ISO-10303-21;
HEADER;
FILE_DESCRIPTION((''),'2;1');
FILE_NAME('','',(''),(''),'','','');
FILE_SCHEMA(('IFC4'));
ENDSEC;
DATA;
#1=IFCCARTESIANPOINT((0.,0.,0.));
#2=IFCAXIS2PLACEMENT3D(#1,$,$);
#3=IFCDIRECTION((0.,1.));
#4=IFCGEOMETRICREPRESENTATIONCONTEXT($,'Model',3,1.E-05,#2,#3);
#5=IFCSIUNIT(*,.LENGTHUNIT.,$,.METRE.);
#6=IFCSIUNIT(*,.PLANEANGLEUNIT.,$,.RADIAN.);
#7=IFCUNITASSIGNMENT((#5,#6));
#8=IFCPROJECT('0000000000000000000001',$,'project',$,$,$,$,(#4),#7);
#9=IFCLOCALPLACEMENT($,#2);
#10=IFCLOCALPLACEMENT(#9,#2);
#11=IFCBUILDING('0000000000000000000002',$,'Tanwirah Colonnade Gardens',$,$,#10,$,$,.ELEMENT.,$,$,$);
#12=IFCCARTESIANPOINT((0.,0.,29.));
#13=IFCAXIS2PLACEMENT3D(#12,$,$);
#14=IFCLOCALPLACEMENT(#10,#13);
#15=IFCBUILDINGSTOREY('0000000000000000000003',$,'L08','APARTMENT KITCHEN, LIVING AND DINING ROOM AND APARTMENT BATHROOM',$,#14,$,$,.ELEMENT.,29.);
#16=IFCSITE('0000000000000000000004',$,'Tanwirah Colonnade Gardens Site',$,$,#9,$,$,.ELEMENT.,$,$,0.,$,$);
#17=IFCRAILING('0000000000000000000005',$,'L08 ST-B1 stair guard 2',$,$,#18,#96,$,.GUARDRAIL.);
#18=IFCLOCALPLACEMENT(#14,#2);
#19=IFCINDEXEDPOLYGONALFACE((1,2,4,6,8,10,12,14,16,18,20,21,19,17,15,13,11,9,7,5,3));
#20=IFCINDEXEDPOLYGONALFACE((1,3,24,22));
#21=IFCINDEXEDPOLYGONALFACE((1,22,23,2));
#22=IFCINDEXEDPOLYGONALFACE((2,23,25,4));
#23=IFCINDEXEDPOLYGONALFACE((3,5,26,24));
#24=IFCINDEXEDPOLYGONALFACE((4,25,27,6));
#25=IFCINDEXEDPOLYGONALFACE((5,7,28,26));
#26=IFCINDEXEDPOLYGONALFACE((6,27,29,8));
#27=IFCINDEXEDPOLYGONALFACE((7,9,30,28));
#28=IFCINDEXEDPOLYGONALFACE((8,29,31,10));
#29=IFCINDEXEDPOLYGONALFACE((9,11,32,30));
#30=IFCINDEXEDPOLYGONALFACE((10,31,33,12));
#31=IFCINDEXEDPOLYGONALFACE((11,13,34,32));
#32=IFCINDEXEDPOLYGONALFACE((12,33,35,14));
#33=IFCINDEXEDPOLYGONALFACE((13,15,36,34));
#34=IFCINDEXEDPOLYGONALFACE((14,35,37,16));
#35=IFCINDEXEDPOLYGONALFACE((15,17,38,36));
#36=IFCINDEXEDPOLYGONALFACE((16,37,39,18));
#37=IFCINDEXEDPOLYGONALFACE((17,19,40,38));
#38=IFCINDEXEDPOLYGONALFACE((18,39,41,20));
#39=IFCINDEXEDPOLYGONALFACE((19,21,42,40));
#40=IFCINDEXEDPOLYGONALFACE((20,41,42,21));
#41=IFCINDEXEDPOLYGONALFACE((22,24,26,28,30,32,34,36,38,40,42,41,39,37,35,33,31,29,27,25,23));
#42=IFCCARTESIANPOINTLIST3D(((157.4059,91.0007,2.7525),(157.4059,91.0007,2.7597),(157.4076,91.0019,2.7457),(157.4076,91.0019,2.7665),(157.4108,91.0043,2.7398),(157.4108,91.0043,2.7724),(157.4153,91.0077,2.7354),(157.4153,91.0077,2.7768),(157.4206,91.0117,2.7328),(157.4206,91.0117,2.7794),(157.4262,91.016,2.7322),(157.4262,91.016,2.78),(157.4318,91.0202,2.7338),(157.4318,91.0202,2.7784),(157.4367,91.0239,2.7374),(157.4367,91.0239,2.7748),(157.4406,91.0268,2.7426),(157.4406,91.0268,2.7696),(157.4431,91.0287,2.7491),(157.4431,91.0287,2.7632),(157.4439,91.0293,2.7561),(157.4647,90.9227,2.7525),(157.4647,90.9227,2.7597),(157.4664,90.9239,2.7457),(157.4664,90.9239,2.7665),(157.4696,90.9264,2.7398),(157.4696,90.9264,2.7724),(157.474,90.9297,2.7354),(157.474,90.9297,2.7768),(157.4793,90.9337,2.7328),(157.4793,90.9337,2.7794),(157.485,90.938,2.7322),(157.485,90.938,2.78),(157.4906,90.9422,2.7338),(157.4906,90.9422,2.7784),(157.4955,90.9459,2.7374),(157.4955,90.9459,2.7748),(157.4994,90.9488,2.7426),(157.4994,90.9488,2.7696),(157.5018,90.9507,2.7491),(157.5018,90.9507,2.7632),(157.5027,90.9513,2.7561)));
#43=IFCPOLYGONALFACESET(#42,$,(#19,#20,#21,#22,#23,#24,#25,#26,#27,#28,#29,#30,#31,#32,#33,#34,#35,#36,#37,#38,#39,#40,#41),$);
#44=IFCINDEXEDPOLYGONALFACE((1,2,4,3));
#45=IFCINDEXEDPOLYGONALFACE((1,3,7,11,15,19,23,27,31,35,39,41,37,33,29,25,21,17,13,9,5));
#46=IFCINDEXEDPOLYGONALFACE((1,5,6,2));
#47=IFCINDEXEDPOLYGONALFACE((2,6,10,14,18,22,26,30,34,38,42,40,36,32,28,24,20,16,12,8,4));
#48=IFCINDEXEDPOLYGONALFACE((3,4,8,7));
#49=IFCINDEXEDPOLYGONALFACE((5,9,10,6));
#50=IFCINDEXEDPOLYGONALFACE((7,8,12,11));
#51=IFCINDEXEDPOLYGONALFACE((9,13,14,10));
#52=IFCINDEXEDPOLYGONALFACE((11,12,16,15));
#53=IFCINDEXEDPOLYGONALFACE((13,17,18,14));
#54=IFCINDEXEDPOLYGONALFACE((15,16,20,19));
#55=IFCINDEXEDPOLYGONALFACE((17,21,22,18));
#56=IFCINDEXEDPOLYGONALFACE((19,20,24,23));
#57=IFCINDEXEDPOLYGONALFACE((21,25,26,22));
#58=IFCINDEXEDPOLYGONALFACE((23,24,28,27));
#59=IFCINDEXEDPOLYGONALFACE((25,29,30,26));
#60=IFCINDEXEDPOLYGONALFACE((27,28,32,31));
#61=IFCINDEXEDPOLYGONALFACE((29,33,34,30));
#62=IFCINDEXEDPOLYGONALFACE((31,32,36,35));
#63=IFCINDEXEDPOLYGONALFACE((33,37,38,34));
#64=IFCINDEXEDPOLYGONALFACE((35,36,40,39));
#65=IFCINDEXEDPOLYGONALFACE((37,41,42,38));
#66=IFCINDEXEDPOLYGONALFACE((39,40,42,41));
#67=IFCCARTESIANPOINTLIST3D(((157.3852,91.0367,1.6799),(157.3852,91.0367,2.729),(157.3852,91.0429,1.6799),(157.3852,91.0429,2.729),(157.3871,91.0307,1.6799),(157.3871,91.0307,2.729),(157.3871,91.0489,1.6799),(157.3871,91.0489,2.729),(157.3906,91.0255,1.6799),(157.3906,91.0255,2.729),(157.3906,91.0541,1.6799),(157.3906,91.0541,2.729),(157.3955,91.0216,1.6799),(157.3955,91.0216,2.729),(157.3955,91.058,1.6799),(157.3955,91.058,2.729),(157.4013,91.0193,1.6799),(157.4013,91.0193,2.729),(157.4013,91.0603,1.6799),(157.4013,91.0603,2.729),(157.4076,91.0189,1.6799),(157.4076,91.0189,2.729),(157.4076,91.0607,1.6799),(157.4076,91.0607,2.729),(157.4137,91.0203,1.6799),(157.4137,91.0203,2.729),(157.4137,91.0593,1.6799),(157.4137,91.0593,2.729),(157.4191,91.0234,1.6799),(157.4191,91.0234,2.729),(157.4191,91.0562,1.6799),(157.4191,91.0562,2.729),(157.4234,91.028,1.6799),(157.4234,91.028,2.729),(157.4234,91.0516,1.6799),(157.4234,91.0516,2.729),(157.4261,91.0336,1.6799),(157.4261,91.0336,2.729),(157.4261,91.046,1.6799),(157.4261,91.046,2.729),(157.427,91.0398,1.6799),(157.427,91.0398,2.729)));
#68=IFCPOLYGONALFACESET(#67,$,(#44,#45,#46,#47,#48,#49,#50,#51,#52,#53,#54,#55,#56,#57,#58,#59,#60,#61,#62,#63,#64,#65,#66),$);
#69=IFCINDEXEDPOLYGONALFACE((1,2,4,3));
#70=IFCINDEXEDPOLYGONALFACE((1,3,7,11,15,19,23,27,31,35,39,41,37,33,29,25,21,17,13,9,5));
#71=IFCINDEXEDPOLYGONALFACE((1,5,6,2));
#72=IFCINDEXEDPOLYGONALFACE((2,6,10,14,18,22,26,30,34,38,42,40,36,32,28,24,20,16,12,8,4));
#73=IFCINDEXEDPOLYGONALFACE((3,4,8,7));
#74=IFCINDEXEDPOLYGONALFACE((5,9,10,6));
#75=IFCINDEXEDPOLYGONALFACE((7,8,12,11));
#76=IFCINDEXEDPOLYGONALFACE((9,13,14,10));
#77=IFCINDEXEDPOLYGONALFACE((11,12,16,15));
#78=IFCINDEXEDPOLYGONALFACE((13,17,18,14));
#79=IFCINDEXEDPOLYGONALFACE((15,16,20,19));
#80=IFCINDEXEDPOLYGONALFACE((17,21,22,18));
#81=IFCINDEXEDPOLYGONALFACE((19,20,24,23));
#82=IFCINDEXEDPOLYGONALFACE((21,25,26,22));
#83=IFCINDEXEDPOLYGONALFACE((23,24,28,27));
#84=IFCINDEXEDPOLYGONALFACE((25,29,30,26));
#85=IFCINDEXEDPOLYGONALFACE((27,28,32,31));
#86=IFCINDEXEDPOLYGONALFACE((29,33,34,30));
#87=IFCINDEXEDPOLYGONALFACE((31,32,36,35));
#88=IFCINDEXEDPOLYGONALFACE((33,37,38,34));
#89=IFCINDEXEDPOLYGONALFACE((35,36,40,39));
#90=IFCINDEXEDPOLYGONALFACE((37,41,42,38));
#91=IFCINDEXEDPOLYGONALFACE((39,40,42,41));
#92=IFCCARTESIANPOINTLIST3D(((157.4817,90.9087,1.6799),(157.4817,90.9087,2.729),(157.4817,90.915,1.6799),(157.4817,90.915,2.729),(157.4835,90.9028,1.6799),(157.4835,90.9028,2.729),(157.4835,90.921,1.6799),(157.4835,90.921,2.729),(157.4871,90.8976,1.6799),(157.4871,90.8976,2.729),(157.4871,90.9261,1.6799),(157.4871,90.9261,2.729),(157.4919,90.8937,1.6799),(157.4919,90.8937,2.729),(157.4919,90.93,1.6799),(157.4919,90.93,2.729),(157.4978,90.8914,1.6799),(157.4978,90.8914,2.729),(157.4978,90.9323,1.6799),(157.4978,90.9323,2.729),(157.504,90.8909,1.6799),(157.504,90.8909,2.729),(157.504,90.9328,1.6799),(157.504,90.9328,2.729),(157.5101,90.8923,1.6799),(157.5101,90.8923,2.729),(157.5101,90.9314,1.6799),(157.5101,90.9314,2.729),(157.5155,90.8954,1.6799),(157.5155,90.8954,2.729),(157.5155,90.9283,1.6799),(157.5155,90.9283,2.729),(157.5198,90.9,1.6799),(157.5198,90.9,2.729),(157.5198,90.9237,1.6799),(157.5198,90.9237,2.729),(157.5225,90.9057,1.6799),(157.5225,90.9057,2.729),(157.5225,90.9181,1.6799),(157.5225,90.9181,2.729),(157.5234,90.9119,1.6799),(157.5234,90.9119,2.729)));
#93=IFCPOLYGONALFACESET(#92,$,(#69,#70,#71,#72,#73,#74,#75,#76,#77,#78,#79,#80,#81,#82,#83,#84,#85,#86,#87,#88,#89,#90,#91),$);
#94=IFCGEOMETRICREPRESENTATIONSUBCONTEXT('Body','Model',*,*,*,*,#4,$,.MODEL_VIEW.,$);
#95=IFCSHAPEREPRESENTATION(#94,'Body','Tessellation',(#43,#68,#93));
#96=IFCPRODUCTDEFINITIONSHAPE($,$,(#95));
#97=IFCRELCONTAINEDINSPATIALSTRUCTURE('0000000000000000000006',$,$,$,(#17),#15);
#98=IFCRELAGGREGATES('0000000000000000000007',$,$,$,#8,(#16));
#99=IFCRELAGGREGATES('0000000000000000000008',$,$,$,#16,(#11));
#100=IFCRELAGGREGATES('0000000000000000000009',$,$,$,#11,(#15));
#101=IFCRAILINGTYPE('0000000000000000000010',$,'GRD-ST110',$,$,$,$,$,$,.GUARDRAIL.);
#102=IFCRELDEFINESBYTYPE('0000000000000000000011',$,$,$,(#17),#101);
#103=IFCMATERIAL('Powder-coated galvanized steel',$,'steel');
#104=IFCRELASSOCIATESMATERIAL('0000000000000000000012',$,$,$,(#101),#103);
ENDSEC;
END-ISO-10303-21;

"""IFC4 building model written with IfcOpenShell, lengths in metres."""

from ifc_helpers import new_model, si_unit, direction, frame, origin, origin_2d, place, context, subcontext, project, spatial, circle, extrude, material, type_object, element, save


model = new_model("IFC4")

# Units and contexts
model_context = context("Model", 3, precision=1e-05, world=origin(), true_north=direction((0.0, 1.0)))
body_context = subcontext(model_context, "Body", "Model", "MODEL_VIEW")
ifc_project = project(units=[si_unit("LENGTHUNIT", "METRE"), si_unit("PLANEANGLEUNIT", "RADIAN")], contexts=[model_context])

# Site, building, storey
site_placement = place(None, origin())
site = spatial("IfcSite", under=ifc_project, at=site_placement, Name="Tanwirah Colonnade Gardens Site", CompositionType="ELEMENT", RefElevation=0.0)
building_placement = place(site_placement, origin())
building = spatial("IfcBuilding", under=site, at=building_placement, Name="Tanwirah Colonnade Gardens", CompositionType="ELEMENT")
storey_placement = place(building_placement, frame((0.0, 0.0, 29.0)))
storey = spatial("IfcBuildingStorey", under=building, at=storey_placement, Name="L08", Description="APARTMENT KITCHEN, LIVING AND DINING ROOM AND APARTMENT BATHROOM", CompositionType="ELEMENT", Elevation=29.0)

# Railing
ifc_material_1 = material(Name="Powder-coated galvanized steel", Category="steel")
railing_type_1 = type_object("IfcRailingType", Name="GRD-ST110", PredefinedType="GUARDRAIL", material=ifc_material_1)
railing_1_placement = place(storey_placement, frame((157.406, 91.0398, 1.6799)))
element("IfcRailing", 1, at=railing_1_placement, inside=storey, type_object=railing_type_1, Name="L08 ST-B1 stair guard 2", PredefinedType="GUARDRAIL", context=body_context, shape_type="SweptSolid", body=[
    extrude(circle(Radius=0.0239, at=origin_2d()), frame((0.0188, -0.0249, 1.0762), z_axis=(0.601949, -0.798535, 0.0), x_axis=(0.798535, 0.601949, 0.0)), (0.0, 0.0, 1.0), 0.0977),
    extrude(circle(Radius=0.021, at=origin_2d()), origin(), (0.0, 0.0, 1.0), 1.0491),
    extrude(circle(Radius=0.021, at=origin_2d()), frame((0.0964, -0.1279, 0.0)), (0.0, 0.0, 1.0), 1.0491),
])

save(model, "model.ifc")
